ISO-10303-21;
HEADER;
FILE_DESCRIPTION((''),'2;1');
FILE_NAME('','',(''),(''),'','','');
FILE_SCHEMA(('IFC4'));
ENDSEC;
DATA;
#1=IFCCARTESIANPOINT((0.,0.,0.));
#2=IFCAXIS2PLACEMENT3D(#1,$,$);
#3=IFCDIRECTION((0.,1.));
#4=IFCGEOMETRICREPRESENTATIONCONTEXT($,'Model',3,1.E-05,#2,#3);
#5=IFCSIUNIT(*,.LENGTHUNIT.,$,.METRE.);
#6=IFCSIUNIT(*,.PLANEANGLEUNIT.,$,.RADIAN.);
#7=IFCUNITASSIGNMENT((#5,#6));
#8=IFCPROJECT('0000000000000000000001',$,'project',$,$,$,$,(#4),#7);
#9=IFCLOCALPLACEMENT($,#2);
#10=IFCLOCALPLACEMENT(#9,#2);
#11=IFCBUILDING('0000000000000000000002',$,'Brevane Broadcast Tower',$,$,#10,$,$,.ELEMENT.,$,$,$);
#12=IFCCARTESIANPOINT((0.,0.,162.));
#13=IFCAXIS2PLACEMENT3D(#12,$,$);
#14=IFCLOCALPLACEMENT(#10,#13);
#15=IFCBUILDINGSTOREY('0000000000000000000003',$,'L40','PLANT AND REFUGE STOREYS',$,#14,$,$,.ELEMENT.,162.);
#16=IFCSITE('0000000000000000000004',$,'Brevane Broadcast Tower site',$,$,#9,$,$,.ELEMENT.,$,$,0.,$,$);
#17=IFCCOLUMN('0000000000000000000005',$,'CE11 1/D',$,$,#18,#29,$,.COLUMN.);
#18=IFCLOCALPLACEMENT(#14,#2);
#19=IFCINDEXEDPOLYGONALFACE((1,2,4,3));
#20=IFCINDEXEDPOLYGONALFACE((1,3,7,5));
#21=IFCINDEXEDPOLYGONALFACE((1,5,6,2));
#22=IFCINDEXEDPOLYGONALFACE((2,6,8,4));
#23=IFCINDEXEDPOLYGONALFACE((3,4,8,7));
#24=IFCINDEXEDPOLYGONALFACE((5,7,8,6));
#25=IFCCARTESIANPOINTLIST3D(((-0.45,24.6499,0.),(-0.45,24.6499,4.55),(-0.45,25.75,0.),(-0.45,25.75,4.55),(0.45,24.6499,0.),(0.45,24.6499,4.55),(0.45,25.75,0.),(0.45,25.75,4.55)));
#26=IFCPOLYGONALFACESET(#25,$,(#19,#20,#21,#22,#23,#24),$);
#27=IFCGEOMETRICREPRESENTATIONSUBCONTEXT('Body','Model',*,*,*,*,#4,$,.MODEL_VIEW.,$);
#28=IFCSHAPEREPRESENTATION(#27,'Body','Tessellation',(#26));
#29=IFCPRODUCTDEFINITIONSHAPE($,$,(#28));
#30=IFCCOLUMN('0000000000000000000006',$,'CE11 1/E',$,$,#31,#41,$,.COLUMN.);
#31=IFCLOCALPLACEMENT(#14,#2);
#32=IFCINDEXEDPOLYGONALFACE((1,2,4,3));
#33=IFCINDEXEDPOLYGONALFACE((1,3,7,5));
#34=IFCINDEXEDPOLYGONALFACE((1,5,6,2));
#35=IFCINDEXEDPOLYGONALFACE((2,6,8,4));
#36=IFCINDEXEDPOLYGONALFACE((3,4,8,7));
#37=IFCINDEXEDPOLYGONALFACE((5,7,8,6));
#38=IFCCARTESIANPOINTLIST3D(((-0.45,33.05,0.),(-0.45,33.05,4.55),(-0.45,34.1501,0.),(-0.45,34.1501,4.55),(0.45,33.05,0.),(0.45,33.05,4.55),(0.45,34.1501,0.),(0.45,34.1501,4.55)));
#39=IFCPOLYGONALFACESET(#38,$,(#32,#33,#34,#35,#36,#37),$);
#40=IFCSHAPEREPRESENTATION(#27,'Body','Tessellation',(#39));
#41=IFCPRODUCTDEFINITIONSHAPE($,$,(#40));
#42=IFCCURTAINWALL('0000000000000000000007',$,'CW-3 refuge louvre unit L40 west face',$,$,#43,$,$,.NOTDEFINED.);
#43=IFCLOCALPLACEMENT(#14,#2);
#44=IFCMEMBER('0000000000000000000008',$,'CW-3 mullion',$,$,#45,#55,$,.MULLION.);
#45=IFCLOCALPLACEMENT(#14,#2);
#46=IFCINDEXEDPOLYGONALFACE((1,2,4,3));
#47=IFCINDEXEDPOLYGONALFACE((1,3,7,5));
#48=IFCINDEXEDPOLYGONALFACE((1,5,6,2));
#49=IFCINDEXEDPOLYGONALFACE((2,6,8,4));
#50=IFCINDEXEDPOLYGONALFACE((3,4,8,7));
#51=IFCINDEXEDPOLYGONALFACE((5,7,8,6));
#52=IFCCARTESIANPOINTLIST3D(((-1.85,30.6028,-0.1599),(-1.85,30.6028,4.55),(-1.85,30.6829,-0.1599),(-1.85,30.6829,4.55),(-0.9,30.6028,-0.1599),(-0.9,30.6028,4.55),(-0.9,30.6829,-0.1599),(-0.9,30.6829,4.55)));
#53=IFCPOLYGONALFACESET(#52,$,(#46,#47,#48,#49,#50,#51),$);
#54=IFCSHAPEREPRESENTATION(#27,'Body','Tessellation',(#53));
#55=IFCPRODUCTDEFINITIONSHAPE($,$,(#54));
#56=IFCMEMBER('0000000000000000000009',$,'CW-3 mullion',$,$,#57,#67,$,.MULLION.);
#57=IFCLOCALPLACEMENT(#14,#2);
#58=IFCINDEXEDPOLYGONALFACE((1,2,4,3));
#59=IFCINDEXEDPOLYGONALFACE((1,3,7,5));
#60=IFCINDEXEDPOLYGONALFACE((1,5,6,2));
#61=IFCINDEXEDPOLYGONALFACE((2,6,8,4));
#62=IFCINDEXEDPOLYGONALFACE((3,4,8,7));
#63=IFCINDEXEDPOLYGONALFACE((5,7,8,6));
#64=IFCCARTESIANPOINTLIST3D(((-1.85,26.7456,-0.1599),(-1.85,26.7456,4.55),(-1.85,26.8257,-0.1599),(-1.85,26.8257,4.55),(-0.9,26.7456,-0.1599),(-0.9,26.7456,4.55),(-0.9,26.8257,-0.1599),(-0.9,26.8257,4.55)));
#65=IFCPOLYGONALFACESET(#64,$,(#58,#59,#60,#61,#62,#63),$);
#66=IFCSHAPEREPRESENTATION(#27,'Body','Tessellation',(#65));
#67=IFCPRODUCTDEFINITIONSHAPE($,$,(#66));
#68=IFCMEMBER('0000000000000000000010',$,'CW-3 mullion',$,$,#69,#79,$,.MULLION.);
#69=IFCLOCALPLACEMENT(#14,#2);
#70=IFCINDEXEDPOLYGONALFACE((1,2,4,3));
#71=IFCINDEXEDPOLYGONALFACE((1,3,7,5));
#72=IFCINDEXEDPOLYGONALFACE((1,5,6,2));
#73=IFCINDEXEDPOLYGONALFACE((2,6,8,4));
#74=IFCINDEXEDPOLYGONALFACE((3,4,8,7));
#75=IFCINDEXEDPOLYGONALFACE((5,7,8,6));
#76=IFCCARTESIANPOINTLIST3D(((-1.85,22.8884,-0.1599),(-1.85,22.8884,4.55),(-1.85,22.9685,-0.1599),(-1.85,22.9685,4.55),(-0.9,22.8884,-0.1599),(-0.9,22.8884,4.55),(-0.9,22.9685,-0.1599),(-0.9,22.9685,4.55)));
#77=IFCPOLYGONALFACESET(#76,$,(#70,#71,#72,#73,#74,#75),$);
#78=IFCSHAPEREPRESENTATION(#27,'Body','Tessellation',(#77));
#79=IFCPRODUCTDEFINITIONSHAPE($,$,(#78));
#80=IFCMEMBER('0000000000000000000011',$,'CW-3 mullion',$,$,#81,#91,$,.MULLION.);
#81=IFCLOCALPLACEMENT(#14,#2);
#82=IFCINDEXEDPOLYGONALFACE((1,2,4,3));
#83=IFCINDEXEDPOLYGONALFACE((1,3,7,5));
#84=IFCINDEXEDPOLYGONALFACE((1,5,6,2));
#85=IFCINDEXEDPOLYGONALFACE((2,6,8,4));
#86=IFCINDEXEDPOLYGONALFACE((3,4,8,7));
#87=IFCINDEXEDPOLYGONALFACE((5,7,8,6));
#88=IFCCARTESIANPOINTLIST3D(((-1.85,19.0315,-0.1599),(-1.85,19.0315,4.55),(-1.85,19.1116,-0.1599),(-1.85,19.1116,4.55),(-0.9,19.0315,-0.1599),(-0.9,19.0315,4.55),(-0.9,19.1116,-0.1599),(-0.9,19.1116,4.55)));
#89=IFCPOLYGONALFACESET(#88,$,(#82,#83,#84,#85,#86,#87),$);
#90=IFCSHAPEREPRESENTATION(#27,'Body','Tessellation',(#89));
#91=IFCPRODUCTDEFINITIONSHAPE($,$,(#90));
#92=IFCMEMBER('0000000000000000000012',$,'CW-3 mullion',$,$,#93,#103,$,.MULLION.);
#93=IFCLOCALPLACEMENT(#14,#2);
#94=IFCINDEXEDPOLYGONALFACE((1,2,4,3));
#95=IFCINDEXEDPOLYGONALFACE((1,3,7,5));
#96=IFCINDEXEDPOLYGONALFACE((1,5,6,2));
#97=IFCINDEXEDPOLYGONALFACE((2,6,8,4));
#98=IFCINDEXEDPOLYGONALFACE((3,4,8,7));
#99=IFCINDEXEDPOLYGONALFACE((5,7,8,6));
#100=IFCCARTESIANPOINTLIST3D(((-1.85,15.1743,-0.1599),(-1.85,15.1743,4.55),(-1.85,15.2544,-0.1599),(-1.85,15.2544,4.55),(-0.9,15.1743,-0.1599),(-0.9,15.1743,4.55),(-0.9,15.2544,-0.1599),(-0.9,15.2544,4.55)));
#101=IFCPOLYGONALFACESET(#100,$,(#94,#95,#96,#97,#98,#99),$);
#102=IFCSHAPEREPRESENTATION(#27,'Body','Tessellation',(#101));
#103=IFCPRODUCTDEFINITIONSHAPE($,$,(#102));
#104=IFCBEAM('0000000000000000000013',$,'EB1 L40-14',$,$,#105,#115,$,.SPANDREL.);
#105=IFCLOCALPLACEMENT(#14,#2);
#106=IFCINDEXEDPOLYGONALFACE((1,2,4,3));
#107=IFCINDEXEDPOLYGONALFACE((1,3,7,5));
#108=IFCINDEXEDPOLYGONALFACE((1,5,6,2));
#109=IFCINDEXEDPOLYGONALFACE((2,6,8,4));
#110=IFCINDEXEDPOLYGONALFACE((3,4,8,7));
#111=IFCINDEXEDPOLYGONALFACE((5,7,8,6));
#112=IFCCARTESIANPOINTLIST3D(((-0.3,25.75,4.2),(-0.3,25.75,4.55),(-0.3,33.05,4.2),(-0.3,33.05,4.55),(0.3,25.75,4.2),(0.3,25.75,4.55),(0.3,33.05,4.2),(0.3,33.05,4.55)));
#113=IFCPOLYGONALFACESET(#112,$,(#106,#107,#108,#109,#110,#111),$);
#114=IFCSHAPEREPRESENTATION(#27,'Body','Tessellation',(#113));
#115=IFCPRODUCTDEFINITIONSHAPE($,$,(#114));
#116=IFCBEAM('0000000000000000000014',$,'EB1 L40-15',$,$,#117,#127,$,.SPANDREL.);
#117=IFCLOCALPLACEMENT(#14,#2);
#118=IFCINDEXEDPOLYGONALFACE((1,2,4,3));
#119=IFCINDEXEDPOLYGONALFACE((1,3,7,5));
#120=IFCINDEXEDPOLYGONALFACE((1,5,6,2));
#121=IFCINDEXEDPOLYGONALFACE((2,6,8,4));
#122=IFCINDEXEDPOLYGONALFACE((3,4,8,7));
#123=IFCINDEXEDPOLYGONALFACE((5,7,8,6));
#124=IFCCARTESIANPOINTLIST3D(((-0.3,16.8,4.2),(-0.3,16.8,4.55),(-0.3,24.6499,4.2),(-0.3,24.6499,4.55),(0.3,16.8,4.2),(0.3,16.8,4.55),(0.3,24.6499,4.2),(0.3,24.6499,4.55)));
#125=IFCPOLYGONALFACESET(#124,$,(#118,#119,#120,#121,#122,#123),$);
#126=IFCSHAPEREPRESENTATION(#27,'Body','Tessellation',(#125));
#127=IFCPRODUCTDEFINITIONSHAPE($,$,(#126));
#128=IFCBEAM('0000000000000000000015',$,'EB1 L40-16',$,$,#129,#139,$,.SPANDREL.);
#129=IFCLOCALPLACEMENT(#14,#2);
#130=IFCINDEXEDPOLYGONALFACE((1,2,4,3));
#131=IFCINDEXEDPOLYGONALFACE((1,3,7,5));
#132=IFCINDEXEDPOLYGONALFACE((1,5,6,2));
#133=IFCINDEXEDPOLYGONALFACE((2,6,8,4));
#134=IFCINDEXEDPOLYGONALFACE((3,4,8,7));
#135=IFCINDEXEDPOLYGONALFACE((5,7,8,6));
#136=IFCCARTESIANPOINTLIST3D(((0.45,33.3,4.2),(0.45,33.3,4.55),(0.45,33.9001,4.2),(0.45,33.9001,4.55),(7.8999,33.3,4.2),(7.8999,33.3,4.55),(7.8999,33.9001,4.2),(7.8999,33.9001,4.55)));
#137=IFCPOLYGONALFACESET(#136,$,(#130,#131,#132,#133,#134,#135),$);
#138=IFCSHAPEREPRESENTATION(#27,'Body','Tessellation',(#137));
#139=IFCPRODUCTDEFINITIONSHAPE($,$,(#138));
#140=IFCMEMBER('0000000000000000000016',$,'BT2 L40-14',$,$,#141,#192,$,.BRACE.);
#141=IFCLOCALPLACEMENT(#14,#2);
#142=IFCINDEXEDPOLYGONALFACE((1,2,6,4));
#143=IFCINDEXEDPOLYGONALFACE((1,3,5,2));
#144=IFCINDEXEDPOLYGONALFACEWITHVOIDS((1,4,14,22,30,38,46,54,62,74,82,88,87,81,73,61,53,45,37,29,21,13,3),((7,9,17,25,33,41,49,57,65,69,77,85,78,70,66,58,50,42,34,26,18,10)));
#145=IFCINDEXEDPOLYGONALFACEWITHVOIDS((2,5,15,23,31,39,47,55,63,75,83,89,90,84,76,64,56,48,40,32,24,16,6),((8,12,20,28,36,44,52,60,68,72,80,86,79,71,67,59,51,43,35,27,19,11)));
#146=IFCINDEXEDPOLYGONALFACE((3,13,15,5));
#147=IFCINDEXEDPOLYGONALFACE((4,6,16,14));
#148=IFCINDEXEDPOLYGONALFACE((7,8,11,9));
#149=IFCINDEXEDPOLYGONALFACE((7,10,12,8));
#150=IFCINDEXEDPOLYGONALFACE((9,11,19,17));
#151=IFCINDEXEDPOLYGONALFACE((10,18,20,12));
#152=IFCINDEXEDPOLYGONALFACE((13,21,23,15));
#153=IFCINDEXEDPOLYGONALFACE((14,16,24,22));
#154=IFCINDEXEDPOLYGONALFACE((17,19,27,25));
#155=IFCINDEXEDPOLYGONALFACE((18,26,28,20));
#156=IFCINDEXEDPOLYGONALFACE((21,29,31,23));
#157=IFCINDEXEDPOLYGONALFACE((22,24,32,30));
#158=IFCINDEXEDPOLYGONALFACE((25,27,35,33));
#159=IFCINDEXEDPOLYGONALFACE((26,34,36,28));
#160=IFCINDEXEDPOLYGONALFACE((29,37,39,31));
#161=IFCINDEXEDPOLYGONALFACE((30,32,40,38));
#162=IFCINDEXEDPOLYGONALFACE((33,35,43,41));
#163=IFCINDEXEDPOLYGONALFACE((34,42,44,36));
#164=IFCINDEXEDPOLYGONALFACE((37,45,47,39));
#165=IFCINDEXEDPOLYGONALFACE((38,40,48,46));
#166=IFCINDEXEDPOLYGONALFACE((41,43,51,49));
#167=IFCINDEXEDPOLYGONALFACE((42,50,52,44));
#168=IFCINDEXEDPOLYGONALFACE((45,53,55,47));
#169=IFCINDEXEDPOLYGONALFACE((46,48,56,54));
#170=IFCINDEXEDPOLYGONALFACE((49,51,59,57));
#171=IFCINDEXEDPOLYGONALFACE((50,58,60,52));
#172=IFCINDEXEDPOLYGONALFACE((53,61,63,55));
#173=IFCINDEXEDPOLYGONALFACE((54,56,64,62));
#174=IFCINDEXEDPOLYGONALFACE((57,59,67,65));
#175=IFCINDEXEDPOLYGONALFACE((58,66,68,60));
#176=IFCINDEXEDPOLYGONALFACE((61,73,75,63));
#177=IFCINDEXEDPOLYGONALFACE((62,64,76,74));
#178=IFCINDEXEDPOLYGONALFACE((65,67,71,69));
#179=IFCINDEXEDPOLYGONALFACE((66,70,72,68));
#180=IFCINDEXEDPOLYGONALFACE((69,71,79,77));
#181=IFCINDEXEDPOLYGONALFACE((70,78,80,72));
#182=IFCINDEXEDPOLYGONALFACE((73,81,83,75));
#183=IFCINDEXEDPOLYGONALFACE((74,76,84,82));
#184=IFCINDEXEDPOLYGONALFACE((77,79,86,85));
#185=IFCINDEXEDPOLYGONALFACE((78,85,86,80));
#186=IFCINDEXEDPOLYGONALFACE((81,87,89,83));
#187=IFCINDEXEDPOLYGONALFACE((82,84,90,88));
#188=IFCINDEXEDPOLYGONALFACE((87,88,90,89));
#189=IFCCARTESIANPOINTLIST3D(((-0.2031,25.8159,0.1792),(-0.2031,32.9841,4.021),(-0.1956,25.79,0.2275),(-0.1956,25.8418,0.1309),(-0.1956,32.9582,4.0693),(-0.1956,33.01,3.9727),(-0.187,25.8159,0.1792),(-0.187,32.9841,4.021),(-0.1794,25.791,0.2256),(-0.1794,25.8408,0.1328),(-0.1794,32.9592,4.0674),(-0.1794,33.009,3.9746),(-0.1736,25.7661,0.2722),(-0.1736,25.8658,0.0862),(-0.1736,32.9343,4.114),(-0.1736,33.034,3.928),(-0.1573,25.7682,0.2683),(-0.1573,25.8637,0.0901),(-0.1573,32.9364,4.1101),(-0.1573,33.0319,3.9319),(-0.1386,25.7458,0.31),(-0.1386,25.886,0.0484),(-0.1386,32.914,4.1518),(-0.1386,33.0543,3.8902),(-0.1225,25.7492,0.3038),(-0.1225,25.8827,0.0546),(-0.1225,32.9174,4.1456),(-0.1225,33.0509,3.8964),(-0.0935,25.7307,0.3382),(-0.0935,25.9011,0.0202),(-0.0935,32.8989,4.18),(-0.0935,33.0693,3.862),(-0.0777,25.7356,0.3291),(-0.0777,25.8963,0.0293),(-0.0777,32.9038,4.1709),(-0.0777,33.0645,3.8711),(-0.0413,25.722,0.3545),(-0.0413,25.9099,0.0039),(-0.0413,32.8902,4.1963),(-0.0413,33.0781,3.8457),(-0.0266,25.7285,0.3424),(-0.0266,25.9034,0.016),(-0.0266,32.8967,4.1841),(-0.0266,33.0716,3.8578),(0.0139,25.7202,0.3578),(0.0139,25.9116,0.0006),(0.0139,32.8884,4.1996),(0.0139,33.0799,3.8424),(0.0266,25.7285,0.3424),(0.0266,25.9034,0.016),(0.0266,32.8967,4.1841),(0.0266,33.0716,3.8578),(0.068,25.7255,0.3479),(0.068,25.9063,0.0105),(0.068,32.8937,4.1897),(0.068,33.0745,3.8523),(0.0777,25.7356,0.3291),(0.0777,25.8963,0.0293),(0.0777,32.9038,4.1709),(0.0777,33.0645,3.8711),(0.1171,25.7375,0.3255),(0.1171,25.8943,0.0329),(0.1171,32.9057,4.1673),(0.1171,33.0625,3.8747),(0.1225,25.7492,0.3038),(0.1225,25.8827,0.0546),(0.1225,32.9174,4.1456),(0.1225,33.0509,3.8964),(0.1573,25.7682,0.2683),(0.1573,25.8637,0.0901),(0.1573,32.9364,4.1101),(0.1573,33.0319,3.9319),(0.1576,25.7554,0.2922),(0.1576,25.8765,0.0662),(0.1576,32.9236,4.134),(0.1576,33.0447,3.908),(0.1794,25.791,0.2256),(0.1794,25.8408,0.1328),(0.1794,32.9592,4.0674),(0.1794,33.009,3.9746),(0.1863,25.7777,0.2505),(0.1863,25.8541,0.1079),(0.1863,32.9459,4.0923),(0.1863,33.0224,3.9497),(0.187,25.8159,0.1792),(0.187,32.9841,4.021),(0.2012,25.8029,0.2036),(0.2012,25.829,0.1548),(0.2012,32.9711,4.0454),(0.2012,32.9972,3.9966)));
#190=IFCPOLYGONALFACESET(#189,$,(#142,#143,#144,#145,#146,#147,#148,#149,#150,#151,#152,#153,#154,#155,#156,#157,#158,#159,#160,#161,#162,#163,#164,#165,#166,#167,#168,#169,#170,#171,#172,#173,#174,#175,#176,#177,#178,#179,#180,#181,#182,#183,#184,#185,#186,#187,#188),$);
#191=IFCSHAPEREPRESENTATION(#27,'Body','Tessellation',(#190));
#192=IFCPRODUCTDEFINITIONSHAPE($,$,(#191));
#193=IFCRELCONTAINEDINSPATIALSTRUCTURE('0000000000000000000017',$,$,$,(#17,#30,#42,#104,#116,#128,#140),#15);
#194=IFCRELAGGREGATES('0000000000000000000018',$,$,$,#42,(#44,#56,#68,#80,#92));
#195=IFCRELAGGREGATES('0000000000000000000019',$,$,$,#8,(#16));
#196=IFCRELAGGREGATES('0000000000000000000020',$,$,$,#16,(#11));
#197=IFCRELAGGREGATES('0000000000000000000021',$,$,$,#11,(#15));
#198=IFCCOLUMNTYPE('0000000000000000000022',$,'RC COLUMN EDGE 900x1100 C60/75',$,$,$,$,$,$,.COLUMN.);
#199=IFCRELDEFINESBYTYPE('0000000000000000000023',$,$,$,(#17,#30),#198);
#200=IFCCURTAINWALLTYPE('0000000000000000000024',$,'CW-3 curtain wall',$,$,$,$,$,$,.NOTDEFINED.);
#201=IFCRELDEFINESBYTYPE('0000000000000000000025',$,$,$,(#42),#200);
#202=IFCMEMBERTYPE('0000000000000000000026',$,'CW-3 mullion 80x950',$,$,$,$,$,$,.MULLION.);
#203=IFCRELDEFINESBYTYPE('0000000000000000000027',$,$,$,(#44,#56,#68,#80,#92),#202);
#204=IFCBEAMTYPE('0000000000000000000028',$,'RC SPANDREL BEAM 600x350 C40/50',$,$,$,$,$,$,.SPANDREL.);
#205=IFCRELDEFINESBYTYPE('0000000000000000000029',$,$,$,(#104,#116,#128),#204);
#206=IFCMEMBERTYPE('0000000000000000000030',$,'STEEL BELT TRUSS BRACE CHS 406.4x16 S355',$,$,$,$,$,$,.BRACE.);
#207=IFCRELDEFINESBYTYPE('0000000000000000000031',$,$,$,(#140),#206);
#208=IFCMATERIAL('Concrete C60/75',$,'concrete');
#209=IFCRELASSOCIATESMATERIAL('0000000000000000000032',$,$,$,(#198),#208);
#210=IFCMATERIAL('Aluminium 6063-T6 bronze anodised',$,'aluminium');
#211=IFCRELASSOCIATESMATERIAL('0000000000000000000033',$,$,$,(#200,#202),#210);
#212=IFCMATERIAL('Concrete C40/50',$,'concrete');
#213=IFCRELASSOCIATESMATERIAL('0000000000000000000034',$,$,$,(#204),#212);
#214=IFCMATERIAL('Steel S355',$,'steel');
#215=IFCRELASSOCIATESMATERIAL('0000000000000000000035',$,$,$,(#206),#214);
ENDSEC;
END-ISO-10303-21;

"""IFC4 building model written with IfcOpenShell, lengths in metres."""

from ifc_helpers import new_model, si_unit, direction, frame, origin, origin_2d, place, context, subcontext, project, spatial, rectangle, hollow_circle, extrude, material, material_profile, profile_set, type_object, element, aggregate, save


model = new_model("IFC4")

# Units and contexts
model_context = context("Model", 3, precision=1e-05, world=origin(), true_north=direction((0.0, 1.0)))
body_context = subcontext(model_context, "Body", "Model", "MODEL_VIEW")
ifc_project = project(units=[si_unit("LENGTHUNIT", "METRE"), si_unit("PLANEANGLEUNIT", "RADIAN")], contexts=[model_context])

# Site, building, storey
site_placement = place(None, origin())
site = spatial("IfcSite", under=ifc_project, at=site_placement, Name="Brevane Broadcast Tower site", CompositionType="ELEMENT", RefElevation=0.0)
building_placement = place(site_placement, origin())
building = spatial("IfcBuilding", under=site, at=building_placement, Name="Brevane Broadcast Tower", CompositionType="ELEMENT")
storey_placement = place(building_placement, frame((0.0, 0.0, 162.0)))
storey = spatial("IfcBuildingStorey", under=building, at=storey_placement, Name="L40", Description="PLANT AND REFUGE STOREYS", CompositionType="ELEMENT", Elevation=162.0)

# Columns
ifc_material_1 = material(Name="Concrete C60/75", Category="concrete")
ifc_material_profile_1 = material_profile(ifc_material_1, rectangle(XDim=0.8999, YDim=1.1001, at=origin_2d()), Name="RC 900x1100")
ifc_profile_set_1 = profile_set([ifc_material_profile_1], Name="Concrete C60/75")
column_type = type_object("IfcColumnType", Name="RC COLUMN EDGE 900x1100 C60/75", PredefinedType="COLUMN", material=ifc_profile_set_1)
for number, where, z_axis, x_axis, name in (
    (1, (0.0, 25.2, 0.0), (0.0, 0.0, 1.0), (1.0, 0.0, 0.0), "CE11 1/D"),
    (2, (0.0, 33.6001, 0.0), (0.0, 0.0, 1.0), (1.0, 0.0, 0.0), "CE11 1/E"),
):
    element("IfcColumn", number, at=place(storey_placement, frame(where, z_axis=z_axis, x_axis=x_axis)), inside=storey, type_object=column_type, Name=name, PredefinedType="COLUMN", context=body_context, shape_type="SweptSolid", body=[
        extrude(rectangle(XDim=0.8999, YDim=1.1001, at=origin_2d()), origin(), (0.0, 0.0, 1.0), 4.55),
    ])

# Curtain wall, members
ifc_material_2 = material(Name="Aluminium 6063-T6 bronze anodised", Category="aluminium")
curtain_wall_type = type_object("IfcCurtainWallType", Name="CW-3 curtain wall", PredefinedType="NOTDEFINED", material=ifc_material_2)
curtain_wall_placement = place(storey_placement, origin())
curtain_wall = element("IfcCurtainWall", 3, at=curtain_wall_placement, inside=storey, type_object=curtain_wall_type, Name="CW-3 refuge louvre unit L40 west face", PredefinedType="NOTDEFINED")
ifc_material_profile_2 = material_profile(ifc_material_2, rectangle(XDim=0.95, YDim=0.0801, at=origin_2d()), Name="RECT 80x950")
ifc_profile_set_2 = profile_set([ifc_material_profile_2], Name="Aluminium 6063-T6 bronze anodised")
member_type_1 = type_object("IfcMemberType", Name="CW-3 mullion 80x950", PredefinedType="MULLION", material=ifc_profile_set_2)
member_1_placement = place(storey_placement, frame((-1.375, 30.6428, -0.1599), z_axis=(0.0, 0.0, 1.0), x_axis=(1.0, 0.0, 0.0)))
member_1 = element("IfcMember", 4, at=member_1_placement, type_object=member_type_1, Name="CW-3 mullion", PredefinedType="MULLION", context=body_context, shape_type="SweptSolid", body=[
    extrude(rectangle(XDim=0.95, YDim=0.0801, at=origin_2d()), origin(), (0.0, 0.0, 1.0), 4.71),
])
member_2_placement = place(storey_placement, frame((-1.375, 26.7856, -0.1599), z_axis=(0.0, 0.0, 1.0), x_axis=(1.0, 0.0, 0.0)))
member_2 = element("IfcMember", 5, at=member_2_placement, type_object=member_type_1, Name="CW-3 mullion", PredefinedType="MULLION", context=body_context, shape_type="SweptSolid", body=[
    extrude(rectangle(XDim=0.95, YDim=0.0801, at=origin_2d()), origin(), (0.0, 0.0, 1.0), 4.71),
])
member_3_placement = place(storey_placement, frame((-1.375, 22.9285, -0.1599), z_axis=(0.0, 0.0, 1.0), x_axis=(1.0, 0.0, 0.0)))
member_3 = element("IfcMember", 6, at=member_3_placement, type_object=member_type_1, Name="CW-3 mullion", PredefinedType="MULLION", context=body_context, shape_type="SweptSolid", body=[
    extrude(rectangle(XDim=0.95, YDim=0.0801, at=origin_2d()), origin(), (0.0, 0.0, 1.0), 4.71),
])
member_4_placement = place(storey_placement, frame((-1.375, 19.0715, -0.1599), z_axis=(0.0, 0.0, 1.0), x_axis=(1.0, 0.0, 0.0)))
member_4 = element("IfcMember", 7, at=member_4_placement, type_object=member_type_1, Name="CW-3 mullion", PredefinedType="MULLION", context=body_context, shape_type="SweptSolid", body=[
    extrude(rectangle(XDim=0.95, YDim=0.0801, at=origin_2d()), origin(), (0.0, 0.0, 1.0), 4.71),
])
member_5_placement = place(storey_placement, frame((-1.375, 15.2144, -0.1599), z_axis=(0.0, 0.0, 1.0), x_axis=(1.0, 0.0, 0.0)))
member_5 = element("IfcMember", 8, at=member_5_placement, type_object=member_type_1, Name="CW-3 mullion", PredefinedType="MULLION", context=body_context, shape_type="SweptSolid", body=[
    extrude(rectangle(XDim=0.95, YDim=0.0801, at=origin_2d()), origin(), (0.0, 0.0, 1.0), 4.71),
])
aggregate(curtain_wall, [member_1, member_2, member_3, member_4, member_5])

# Beams
ifc_material_3 = material(Name="Concrete C40/50", Category="concrete")
ifc_material_profile_3 = material_profile(ifc_material_3, rectangle(XDim=0.6001, YDim=0.3501, at=origin_2d()), Name="RC 600x350")
ifc_profile_set_3 = profile_set([ifc_material_profile_3], Name="Concrete C40/50")
beam_type = type_object("IfcBeamType", Name="RC SPANDREL BEAM 600x350 C40/50", PredefinedType="SPANDREL", material=ifc_profile_set_3)
beam_1_placement = place(storey_placement, frame((0.0, 33.05, 4.375), z_axis=(0.0, -1.0, 0.0), x_axis=(1.0, 0.0, 0.0)))
element("IfcBeam", 9, at=beam_1_placement, inside=storey, type_object=beam_type, Name="EB1 L40-14", PredefinedType="SPANDREL", context=body_context, shape_type="SweptSolid", body=[
    extrude(rectangle(XDim=0.6001, YDim=0.3501, at=origin_2d()), origin(), (0.0, 0.0, 1.0), 7.3),
])
beam_2_placement = place(storey_placement, frame((0.0, 24.6499, 4.375), z_axis=(0.0, -1.0, 0.0), x_axis=(1.0, 0.0, 0.0)))
element("IfcBeam", 10, at=beam_2_placement, inside=storey, type_object=beam_type, Name="EB1 L40-15", PredefinedType="SPANDREL", context=body_context, shape_type="SweptSolid", body=[
    extrude(rectangle(XDim=0.6001, YDim=0.3501, at=origin_2d()), origin(), (0.0, 0.0, 1.0), 7.8499),
])
beam_3_placement = place(storey_placement, frame((0.45, 33.6001, 4.375), z_axis=(1.0, 0.0, 0.0), x_axis=(0.0, 1.0, 0.0)))
element("IfcBeam", 11, at=beam_3_placement, inside=storey, type_object=beam_type, Name="EB1 L40-16", PredefinedType="SPANDREL", context=body_context, shape_type="SweptSolid", body=[
    extrude(rectangle(XDim=0.6001, YDim=0.3501, at=origin_2d()), origin(), (0.0, 0.0, 1.0), 7.45),
])

# Member
ifc_material_4 = material(Name="Steel S355", Category="steel")
ifc_material_profile_4 = material_profile(ifc_material_4, hollow_circle(Radius=0.2031, WallThickness=0.0161, at=origin_2d()), Name="CHS 406.4x16")
ifc_profile_set_4 = profile_set([ifc_material_profile_4], Name="Steel S355")
member_type_2 = type_object("IfcMemberType", Name="STEEL BELT TRUSS BRACE CHS 406.4x16 S355", PredefinedType="BRACE", material=ifc_profile_set_4)
member_6_placement = place(storey_placement, frame((0.0, 25.8159, 0.1792), z_axis=(0.0, 0.881394, 0.472382), x_axis=(-1.0, 0.0, 0.0)))
element("IfcMember", 12, at=member_6_placement, inside=storey, type_object=member_type_2, Name="BT2 L40-14", PredefinedType="BRACE", context=body_context, shape_type="SweptSolid", body=[
    extrude(hollow_circle(Radius=0.2031, WallThickness=0.0161, at=origin_2d()), origin(), (0.0, 0.0, 1.0), 8.1328),
])

save(model, "model.ifc")
